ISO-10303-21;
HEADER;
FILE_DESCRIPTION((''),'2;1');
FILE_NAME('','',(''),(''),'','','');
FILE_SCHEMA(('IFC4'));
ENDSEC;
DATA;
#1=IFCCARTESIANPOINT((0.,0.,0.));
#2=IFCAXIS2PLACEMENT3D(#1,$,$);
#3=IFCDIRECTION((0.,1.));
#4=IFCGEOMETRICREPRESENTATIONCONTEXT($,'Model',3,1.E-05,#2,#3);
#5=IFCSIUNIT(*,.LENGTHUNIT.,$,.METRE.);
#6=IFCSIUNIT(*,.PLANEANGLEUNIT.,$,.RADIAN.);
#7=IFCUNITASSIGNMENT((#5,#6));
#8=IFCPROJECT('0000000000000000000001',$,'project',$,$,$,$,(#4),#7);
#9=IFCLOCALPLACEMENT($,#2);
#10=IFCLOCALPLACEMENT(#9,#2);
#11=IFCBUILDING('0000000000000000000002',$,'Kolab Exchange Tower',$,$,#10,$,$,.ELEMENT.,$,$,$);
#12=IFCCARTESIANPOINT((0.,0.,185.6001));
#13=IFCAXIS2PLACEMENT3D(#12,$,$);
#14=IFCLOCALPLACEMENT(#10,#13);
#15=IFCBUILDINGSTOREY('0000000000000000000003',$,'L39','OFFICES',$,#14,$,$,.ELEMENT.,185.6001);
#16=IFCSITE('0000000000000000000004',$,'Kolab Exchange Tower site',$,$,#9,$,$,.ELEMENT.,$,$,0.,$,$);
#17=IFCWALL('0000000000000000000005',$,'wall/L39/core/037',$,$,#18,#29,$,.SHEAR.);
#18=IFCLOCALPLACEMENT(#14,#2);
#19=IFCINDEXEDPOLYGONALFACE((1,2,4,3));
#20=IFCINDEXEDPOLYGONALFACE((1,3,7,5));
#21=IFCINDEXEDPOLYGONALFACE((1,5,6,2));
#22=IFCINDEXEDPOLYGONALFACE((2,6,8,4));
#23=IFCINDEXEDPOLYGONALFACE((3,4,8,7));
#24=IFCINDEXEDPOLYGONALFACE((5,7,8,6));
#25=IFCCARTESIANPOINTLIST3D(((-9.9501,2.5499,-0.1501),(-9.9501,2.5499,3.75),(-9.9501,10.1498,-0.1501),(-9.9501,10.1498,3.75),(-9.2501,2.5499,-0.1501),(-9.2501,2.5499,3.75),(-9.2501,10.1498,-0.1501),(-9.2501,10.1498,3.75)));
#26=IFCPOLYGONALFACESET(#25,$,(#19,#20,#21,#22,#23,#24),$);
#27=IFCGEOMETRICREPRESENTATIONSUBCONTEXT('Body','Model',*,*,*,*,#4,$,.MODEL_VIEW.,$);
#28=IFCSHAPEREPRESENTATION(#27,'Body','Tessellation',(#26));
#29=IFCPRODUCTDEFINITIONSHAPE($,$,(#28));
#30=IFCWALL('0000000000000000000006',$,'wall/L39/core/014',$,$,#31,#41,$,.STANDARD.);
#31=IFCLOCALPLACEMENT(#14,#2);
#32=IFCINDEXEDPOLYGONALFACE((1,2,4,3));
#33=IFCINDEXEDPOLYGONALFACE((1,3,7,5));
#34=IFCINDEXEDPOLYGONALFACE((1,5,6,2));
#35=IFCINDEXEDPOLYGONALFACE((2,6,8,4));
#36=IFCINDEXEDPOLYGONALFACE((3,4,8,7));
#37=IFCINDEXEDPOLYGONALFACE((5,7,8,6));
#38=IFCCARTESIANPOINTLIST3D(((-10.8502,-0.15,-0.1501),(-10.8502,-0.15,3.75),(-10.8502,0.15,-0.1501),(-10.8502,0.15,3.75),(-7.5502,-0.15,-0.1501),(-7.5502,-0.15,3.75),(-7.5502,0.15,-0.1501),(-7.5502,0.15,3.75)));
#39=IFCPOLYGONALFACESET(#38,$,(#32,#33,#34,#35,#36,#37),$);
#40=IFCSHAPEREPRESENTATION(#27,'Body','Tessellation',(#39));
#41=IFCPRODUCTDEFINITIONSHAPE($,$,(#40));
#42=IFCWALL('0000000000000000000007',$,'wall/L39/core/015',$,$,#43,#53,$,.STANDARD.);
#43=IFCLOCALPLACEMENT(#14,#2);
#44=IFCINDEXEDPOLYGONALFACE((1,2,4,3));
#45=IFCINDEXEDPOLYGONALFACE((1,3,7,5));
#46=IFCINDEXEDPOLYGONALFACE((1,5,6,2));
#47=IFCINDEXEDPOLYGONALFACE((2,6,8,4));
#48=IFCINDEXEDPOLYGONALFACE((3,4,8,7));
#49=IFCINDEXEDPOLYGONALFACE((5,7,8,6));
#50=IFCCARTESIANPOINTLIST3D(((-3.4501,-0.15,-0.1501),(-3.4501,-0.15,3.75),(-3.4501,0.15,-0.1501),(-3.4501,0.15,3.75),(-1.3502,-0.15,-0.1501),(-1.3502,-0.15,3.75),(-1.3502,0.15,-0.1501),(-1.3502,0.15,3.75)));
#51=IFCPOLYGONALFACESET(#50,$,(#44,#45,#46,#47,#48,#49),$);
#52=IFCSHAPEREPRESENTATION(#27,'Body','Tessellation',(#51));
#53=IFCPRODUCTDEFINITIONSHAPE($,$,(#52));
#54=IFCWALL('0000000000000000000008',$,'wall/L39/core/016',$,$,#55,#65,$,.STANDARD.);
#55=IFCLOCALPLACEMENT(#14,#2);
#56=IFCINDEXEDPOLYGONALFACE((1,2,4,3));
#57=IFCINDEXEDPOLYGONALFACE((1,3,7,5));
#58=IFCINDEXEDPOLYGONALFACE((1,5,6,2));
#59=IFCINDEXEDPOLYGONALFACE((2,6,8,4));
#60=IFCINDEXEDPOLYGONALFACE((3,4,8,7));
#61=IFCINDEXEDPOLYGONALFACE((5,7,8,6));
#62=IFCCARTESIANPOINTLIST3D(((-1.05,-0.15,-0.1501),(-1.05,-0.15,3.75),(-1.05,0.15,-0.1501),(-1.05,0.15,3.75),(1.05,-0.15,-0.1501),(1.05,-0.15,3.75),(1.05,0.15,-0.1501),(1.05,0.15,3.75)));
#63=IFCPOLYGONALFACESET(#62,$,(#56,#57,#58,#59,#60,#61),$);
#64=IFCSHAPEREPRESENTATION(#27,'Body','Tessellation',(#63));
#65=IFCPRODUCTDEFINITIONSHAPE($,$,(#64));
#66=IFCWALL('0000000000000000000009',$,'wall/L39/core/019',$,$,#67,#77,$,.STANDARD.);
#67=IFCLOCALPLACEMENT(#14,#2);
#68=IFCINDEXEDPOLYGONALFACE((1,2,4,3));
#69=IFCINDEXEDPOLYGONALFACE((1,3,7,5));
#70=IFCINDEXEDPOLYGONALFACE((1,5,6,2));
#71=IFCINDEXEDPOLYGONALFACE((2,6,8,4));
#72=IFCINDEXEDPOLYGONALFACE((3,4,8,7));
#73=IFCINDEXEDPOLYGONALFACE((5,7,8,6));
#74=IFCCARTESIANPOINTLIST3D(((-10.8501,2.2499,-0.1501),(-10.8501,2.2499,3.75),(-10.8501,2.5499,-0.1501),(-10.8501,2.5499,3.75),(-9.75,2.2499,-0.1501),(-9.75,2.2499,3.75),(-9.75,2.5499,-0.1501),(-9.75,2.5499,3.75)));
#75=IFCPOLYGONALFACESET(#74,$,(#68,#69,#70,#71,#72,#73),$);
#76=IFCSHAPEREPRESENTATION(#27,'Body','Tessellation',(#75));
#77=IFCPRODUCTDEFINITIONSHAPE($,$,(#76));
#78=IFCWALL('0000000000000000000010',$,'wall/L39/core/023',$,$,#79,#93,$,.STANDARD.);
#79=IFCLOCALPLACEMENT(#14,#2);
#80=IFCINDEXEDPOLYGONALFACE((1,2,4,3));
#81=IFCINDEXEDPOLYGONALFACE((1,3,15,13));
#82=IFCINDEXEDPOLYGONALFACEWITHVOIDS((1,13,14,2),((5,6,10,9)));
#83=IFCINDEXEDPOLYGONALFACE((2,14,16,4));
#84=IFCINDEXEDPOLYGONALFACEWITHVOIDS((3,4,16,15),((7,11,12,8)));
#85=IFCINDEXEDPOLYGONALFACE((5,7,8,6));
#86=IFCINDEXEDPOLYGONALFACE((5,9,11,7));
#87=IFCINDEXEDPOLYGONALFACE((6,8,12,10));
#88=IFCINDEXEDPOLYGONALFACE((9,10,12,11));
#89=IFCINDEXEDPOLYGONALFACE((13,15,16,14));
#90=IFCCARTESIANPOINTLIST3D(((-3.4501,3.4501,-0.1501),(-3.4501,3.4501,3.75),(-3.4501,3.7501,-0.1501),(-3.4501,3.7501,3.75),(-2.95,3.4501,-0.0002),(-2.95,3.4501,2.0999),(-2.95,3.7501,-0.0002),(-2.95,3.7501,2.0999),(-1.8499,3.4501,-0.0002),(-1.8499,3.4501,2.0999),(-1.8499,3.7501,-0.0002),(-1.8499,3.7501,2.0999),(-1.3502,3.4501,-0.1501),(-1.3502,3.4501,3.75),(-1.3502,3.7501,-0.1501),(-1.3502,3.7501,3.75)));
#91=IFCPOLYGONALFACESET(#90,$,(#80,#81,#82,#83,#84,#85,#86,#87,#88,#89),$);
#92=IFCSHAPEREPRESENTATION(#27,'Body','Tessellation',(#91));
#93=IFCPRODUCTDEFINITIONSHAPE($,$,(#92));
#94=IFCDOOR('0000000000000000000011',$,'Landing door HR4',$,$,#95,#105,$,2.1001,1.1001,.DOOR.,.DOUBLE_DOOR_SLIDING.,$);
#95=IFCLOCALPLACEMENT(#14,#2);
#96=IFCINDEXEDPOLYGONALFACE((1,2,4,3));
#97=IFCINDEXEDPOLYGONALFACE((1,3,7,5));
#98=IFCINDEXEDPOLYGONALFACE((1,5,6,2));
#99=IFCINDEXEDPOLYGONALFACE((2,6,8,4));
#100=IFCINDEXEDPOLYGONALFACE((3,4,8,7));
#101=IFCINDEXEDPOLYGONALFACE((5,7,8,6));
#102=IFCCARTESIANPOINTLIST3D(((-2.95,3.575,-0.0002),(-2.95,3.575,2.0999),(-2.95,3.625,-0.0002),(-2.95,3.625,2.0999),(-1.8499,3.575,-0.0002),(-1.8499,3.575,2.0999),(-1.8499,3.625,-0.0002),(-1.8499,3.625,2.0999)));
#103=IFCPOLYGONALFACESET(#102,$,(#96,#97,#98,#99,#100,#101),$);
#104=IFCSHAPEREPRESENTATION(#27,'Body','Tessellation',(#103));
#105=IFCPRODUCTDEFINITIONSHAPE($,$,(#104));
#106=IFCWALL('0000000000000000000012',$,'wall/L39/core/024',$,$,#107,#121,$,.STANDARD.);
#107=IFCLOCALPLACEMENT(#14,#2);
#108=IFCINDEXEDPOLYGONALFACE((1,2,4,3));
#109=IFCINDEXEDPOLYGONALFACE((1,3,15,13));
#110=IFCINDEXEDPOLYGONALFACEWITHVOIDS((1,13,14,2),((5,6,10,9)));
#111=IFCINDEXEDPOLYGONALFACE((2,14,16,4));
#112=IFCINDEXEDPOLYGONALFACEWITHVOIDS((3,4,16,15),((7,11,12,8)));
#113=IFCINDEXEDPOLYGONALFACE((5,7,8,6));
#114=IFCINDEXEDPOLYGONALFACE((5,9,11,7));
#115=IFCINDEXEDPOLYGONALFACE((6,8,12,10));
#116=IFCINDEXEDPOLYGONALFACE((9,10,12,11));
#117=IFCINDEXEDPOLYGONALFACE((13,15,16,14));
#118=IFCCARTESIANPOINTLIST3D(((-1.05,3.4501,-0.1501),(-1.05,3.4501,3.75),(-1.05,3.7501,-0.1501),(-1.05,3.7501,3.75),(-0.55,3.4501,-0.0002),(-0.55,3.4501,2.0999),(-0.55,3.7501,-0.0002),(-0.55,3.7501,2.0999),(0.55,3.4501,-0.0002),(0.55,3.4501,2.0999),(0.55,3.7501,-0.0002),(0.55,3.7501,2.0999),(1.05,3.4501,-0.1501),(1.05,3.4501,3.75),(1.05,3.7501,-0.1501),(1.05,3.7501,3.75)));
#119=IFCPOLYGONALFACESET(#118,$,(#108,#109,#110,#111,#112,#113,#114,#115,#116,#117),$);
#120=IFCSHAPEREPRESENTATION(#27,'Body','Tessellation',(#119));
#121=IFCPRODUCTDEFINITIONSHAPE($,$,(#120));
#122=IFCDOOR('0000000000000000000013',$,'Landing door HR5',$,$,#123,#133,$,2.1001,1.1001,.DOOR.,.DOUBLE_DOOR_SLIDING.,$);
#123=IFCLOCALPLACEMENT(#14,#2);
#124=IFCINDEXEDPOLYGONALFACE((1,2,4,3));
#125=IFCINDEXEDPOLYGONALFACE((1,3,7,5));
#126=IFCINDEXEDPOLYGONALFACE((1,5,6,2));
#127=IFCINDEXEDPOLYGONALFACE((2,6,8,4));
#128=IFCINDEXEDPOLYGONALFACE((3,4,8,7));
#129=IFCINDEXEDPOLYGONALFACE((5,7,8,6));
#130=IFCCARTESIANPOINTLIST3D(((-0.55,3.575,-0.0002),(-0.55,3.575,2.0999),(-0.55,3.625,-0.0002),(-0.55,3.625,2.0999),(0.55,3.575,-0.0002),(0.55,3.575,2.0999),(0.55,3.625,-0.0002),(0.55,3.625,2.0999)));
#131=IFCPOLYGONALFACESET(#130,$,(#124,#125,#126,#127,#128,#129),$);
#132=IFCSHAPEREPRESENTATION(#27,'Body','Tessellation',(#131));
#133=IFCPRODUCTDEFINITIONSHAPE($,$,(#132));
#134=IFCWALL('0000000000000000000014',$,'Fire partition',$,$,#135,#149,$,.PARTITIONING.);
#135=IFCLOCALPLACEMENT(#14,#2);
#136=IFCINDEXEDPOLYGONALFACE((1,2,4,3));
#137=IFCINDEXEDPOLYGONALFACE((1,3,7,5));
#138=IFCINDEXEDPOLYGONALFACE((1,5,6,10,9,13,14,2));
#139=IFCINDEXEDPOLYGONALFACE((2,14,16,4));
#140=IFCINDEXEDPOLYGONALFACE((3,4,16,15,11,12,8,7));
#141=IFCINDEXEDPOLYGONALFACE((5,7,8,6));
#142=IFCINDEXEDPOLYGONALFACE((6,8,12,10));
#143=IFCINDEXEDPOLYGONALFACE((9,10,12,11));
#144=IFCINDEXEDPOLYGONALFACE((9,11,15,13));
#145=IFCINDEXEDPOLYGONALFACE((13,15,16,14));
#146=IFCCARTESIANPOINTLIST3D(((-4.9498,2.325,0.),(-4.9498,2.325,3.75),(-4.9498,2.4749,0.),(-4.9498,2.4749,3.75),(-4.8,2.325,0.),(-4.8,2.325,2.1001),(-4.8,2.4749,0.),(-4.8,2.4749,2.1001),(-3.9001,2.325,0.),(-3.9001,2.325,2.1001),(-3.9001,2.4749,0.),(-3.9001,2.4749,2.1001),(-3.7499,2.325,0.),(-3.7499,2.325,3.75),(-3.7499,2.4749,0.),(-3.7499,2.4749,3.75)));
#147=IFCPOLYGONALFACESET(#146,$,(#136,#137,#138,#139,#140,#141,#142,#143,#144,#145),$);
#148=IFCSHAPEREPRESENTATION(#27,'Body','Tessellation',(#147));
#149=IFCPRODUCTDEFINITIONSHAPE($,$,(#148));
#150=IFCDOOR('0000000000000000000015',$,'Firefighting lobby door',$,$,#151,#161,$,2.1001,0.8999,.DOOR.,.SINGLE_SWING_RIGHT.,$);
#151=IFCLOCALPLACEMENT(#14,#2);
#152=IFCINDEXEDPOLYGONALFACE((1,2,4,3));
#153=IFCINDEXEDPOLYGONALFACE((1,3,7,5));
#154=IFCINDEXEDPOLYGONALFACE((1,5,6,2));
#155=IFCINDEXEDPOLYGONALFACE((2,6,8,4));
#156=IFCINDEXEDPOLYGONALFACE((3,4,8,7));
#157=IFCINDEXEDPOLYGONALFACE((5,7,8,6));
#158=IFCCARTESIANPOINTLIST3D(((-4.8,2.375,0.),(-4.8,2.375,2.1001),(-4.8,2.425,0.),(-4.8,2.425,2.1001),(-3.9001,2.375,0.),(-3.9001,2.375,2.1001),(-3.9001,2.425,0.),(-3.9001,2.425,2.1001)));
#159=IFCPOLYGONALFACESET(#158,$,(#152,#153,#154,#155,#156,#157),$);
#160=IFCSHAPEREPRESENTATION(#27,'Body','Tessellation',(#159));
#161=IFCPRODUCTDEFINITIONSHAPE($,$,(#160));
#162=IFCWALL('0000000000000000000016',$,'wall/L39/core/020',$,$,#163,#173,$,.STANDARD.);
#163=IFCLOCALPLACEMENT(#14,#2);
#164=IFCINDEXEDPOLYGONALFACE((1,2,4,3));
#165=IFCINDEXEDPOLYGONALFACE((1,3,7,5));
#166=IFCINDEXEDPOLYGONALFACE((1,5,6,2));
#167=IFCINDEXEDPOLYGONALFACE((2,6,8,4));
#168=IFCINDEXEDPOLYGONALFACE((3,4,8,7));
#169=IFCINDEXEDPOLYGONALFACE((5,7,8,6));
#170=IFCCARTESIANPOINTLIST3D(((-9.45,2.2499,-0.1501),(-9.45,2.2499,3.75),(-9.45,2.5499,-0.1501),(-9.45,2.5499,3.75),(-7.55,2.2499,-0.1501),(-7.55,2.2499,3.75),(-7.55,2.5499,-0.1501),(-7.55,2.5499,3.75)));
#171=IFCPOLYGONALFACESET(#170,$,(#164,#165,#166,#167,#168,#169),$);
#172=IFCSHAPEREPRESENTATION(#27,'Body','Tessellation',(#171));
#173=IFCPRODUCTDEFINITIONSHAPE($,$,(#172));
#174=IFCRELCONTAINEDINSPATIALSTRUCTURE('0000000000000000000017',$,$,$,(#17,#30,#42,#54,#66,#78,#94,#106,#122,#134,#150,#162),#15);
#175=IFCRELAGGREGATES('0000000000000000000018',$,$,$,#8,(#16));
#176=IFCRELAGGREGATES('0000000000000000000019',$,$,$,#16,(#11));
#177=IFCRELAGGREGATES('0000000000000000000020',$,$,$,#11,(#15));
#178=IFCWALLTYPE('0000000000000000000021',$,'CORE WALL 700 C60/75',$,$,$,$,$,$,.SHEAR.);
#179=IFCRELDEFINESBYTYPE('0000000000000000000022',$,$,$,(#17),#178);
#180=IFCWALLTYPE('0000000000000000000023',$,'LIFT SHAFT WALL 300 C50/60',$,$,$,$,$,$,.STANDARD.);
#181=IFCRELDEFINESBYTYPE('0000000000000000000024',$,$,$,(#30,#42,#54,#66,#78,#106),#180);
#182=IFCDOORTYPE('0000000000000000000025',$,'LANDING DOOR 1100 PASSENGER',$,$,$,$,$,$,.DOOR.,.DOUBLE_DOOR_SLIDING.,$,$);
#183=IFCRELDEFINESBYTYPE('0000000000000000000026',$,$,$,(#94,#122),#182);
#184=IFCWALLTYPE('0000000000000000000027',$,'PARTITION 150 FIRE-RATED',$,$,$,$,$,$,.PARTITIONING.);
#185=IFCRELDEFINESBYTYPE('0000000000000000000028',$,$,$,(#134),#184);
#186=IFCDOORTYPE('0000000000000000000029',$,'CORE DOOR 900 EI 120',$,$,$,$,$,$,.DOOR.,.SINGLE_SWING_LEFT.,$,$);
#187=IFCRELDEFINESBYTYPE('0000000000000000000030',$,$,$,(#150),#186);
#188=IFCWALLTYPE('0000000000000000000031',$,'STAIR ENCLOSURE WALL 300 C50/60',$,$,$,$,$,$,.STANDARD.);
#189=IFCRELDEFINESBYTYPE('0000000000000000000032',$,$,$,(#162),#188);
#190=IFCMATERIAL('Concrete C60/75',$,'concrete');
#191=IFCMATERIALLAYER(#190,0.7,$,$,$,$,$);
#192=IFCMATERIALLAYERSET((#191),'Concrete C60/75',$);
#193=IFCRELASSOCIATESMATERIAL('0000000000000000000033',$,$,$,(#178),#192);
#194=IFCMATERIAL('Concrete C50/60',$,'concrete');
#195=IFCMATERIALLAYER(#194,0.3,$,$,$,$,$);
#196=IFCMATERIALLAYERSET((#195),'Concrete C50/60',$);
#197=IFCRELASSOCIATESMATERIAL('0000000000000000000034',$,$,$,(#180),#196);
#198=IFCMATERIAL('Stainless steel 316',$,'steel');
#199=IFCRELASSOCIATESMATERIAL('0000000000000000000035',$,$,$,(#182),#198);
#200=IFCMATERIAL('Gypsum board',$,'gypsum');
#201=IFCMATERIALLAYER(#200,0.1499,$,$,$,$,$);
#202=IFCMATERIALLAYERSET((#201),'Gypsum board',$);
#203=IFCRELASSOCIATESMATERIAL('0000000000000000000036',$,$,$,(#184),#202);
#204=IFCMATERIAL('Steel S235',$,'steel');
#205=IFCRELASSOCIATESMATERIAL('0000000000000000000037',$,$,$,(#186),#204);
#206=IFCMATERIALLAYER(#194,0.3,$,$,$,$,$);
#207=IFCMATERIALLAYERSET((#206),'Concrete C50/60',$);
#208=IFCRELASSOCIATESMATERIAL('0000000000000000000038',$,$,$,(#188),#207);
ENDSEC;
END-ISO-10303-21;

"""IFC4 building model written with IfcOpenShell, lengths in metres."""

from ifc_helpers import new_model, si_unit, direction, frame, frame_2d, origin, place, context, subcontext, project, spatial, rectangle, extrude, material, layer, layer_set, type_object, element, fill, save


model = new_model("IFC4")

# Units and contexts
model_context = context("Model", 3, precision=1e-05, world=origin(), true_north=direction((0.0, 1.0)))
body_context = subcontext(model_context, "Body", "Model", "MODEL_VIEW")
ifc_project = project(units=[si_unit("LENGTHUNIT", "METRE"), si_unit("PLANEANGLEUNIT", "RADIAN")], contexts=[model_context])

# Site, building, storey
site_placement = place(None, origin())
site = spatial("IfcSite", under=ifc_project, at=site_placement, Name="Kolab Exchange Tower site", CompositionType="ELEMENT", RefElevation=0.0)
building_placement = place(site_placement, origin())
building = spatial("IfcBuilding", under=site, at=building_placement, Name="Kolab Exchange Tower", CompositionType="ELEMENT")
storey_placement = place(building_placement, frame((0.0, 0.0, 185.6001)))
storey = spatial("IfcBuildingStorey", under=building, at=storey_placement, Name="L39", Description="OFFICES", CompositionType="ELEMENT", Elevation=185.6001)

# Walls
ifc_material_1 = material(Name="Concrete C60/75", Category="concrete")
ifc_layer_1 = layer(ifc_material_1, 0.7)
ifc_layer_set_1 = layer_set([ifc_layer_1], Name="Concrete C60/75")
wall_type_1 = type_object("IfcWallType", Name="CORE WALL 700 C60/75", PredefinedType="SHEAR", material=ifc_layer_set_1)
wall_1_placement = place(storey_placement, frame((-9.6001, 2.55, -0.1501), z_axis=(0.0, 0.0, 1.0), x_axis=(0.0, 1.0, 0.0)))
element("IfcWall", 1, at=wall_1_placement, inside=storey, type_object=wall_type_1, Name="wall/L39/core/037", PredefinedType="SHEAR", context=body_context, shape_type="SweptSolid", body=[
    extrude(rectangle(XDim=7.5999, YDim=0.7, at=frame_2d((3.7998, 0.0))), origin(), (0.0, 0.0, 1.0), 3.9001),
])
ifc_material_2 = material(Name="Concrete C50/60", Category="concrete")
ifc_layer_2 = layer(ifc_material_2, 0.3)
ifc_layer_set_2 = layer_set([ifc_layer_2], Name="Concrete C50/60")
wall_type_2 = type_object("IfcWallType", Name="LIFT SHAFT WALL 300 C50/60", PredefinedType="STANDARD", material=ifc_layer_set_2)
wall_2_placement = place(storey_placement, frame((-10.8501, 0.0, -0.1501), z_axis=(0.0, 0.0, 1.0), x_axis=(1.0, 0.0, 0.0)))
element("IfcWall", 2, at=wall_2_placement, inside=storey, type_object=wall_type_2, Name="wall/L39/core/014", PredefinedType="STANDARD", context=body_context, shape_type="SweptSolid", body=[
    extrude(rectangle(XDim=3.3, YDim=0.3, at=frame_2d((1.6499, 0.0))), origin(), (0.0, 0.0, 1.0), 3.9001),
])
wall_3_placement = place(storey_placement, frame((-3.45, 0.0, -0.1501), z_axis=(0.0, 0.0, 1.0), x_axis=(1.0, 0.0, 0.0)))
element("IfcWall", 3, at=wall_3_placement, inside=storey, type_object=wall_type_2, Name="wall/L39/core/015", PredefinedType="STANDARD", context=body_context, shape_type="SweptSolid", body=[
    extrude(rectangle(XDim=2.0999, YDim=0.3, at=frame_2d((1.0498, 0.0))), origin(), (0.0, 0.0, 1.0), 3.9001),
])
wall_4_placement = place(storey_placement, frame((-1.05, 0.0, -0.1501), z_axis=(0.0, 0.0, 1.0), x_axis=(1.0, 0.0, 0.0)))
element("IfcWall", 4, at=wall_4_placement, inside=storey, type_object=wall_type_2, Name="wall/L39/core/016", PredefinedType="STANDARD", context=body_context, shape_type="SweptSolid", body=[
    extrude(rectangle(XDim=2.1001, YDim=0.3, at=frame_2d((1.05, 0.0))), origin(), (0.0, 0.0, 1.0), 3.9001),
])
wall_5_placement = place(storey_placement, frame((-10.8501, 2.3999, -0.1501), z_axis=(0.0, 0.0, 1.0), x_axis=(1.0, 0.0, 0.0)))
element("IfcWall", 5, at=wall_5_placement, inside=storey, type_object=wall_type_2, Name="wall/L39/core/019", PredefinedType="STANDARD", context=body_context, shape_type="SweptSolid", body=[
    extrude(rectangle(XDim=1.1001, YDim=0.3, at=frame_2d((0.55, 0.0))), origin(), (0.0, 0.0, 1.0), 3.9001),
])

# Walls, openings, doors
wall_6_placement = place(storey_placement, frame((-3.45, 3.6001, -0.1501), z_axis=(0.0, 0.0, 1.0), x_axis=(1.0, 0.0, 0.0)))
wall_6 = element("IfcWall", 6, at=wall_6_placement, inside=storey, type_object=wall_type_2, Name="wall/L39/core/023", PredefinedType="STANDARD", context=body_context, shape_type="SweptSolid", body=[
    extrude(rectangle(XDim=2.0999, YDim=0.3, at=frame_2d((1.0498, 0.0))), origin(), (0.0, 0.0, 1.0), 3.9001),
])
opening_1_placement = place(wall_6_placement, frame((0.5, 0.0, 0.1499)))
opening_1 = element("IfcOpeningElement", 7, at=opening_1_placement, cuts=wall_6, PredefinedType="OPENING", context=body_context, shape_type="SweptSolid", body=[
    extrude(rectangle(XDim=1.1001, YDim=2.1001, at=frame_2d((0.55, 1.05))), frame((0.0, 0.1602, 0.0), z_axis=(0.0, -1.0, 0.0), x_axis=(1.0, 0.0, 0.0)), (0.0, 0.0, 1.0), 0.3201),
])
ifc_material_3 = material(Name="Stainless steel 316", Category="steel")
door_type_1 = type_object("IfcDoorType", Name="LANDING DOOR 1100 PASSENGER", OperationType="DOUBLE_DOOR_SLIDING", PredefinedType="DOOR", material=ifc_material_3)
door_1_placement = place(opening_1_placement, origin())
door_1 = element("IfcDoor", 8, at=door_1_placement, inside=storey, type_object=door_type_1, Name="Landing door HR4", OperationType="DOUBLE_DOOR_SLIDING", OverallHeight=2.1001, OverallWidth=1.1001, PredefinedType="DOOR", context=body_context, shape_type="SweptSolid", body=[
    extrude(rectangle(XDim=1.1001, YDim=2.1001, at=frame_2d((0.55, 1.05))), frame((0.0, 0.0249, 0.0), z_axis=(0.0, -1.0, 0.0), x_axis=(1.0, 0.0, 0.0)), (0.0, 0.0, 1.0), 0.05),
])
fill(opening_1, door_1)
wall_7_placement = place(storey_placement, frame((-1.05, 3.6001, -0.1501), z_axis=(0.0, 0.0, 1.0), x_axis=(1.0, 0.0, 0.0)))
wall_7 = element("IfcWall", 9, at=wall_7_placement, inside=storey, type_object=wall_type_2, Name="wall/L39/core/024", PredefinedType="STANDARD", context=body_context, shape_type="SweptSolid", body=[
    extrude(rectangle(XDim=2.1001, YDim=0.3, at=frame_2d((1.05, 0.0))), origin(), (0.0, 0.0, 1.0), 3.9001),
])
opening_2_placement = place(wall_7_placement, frame((0.5, 0.0, 0.1499)))
opening_2 = element("IfcOpeningElement", 10, at=opening_2_placement, cuts=wall_7, PredefinedType="OPENING", context=body_context, shape_type="SweptSolid", body=[
    extrude(rectangle(XDim=1.1001, YDim=2.1001, at=frame_2d((0.55, 1.05))), frame((0.0, 0.1602, 0.0), z_axis=(0.0, -1.0, 0.0), x_axis=(1.0, 0.0, 0.0)), (0.0, 0.0, 1.0), 0.3201),
])
door_2_placement = place(opening_2_placement, origin())
door_2 = element("IfcDoor", 11, at=door_2_placement, inside=storey, type_object=door_type_1, Name="Landing door HR5", OperationType="DOUBLE_DOOR_SLIDING", OverallHeight=2.1001, OverallWidth=1.1001, PredefinedType="DOOR", context=body_context, shape_type="SweptSolid", body=[
    extrude(rectangle(XDim=1.1001, YDim=2.1001, at=frame_2d((0.55, 1.05))), frame((0.0, 0.0249, 0.0), z_axis=(0.0, -1.0, 0.0), x_axis=(1.0, 0.0, 0.0)), (0.0, 0.0, 1.0), 0.05),
])
fill(opening_2, door_2)
ifc_material_4 = material(Name="Gypsum board", Category="gypsum")
ifc_layer_3 = layer(ifc_material_4, 0.1499)
ifc_layer_set_3 = layer_set([ifc_layer_3], Name="Gypsum board")
wall_type_3 = type_object("IfcWallType", Name="PARTITION 150 FIRE-RATED", PredefinedType="PARTITIONING", material=ifc_layer_set_3)
wall_8_placement = place(storey_placement, frame((-4.95, 2.3999, 0.0), z_axis=(0.0, 0.0, 1.0), x_axis=(1.0, 0.0, 0.0)))
wall_8 = element("IfcWall", 12, at=wall_8_placement, inside=storey, type_object=wall_type_3, Name="Fire partition", PredefinedType="PARTITIONING", context=body_context, shape_type="SweptSolid", body=[
    extrude(rectangle(XDim=1.2, YDim=0.1499, at=frame_2d((0.6001, 0.0))), origin(), (0.0, 0.0, 1.0), 3.75),
])
opening_3_placement = place(wall_8_placement, frame((0.1499, 0.0, 0.0)))
opening_3 = element("IfcOpeningElement", 13, at=opening_3_placement, cuts=wall_8, PredefinedType="OPENING", context=body_context, shape_type="SweptSolid", body=[
    extrude(rectangle(XDim=0.8999, YDim=2.1001, at=frame_2d((0.45, 1.05))), frame((0.0, 0.085, 0.0), z_axis=(0.0, -1.0, 0.0), x_axis=(1.0, 0.0, 0.0)), (0.0, 0.0, 1.0), 0.1699),
])
ifc_material_5 = material(Name="Steel S235", Category="steel")
door_type_2 = type_object("IfcDoorType", Name="CORE DOOR 900 EI 120", OperationType="SINGLE_SWING_LEFT", PredefinedType="DOOR", material=ifc_material_5)
door_3_placement = place(opening_3_placement, frame((0.8999, 0.0, 0.0), z_axis=(0.0, 0.0, 1.0), x_axis=(-1.0, 0.0, 0.0)))
door_3 = element("IfcDoor", 14, at=door_3_placement, inside=storey, type_object=door_type_2, Name="Firefighting lobby door", OperationType="SINGLE_SWING_RIGHT", OverallHeight=2.1001, OverallWidth=0.8999, PredefinedType="DOOR", context=body_context, shape_type="SweptSolid", body=[
    extrude(rectangle(XDim=0.8999, YDim=2.1001, at=frame_2d((0.45, 1.05))), frame((0.0, 0.0249, 0.0), z_axis=(0.0, -1.0, 0.0), x_axis=(1.0, 0.0, 0.0)), (0.0, 0.0, 1.0), 0.05),
])
fill(opening_3, door_3)

# Wall
ifc_layer_4 = layer(ifc_material_2, 0.3)
ifc_layer_set_4 = layer_set([ifc_layer_4], Name="Concrete C50/60")
wall_type_4 = type_object("IfcWallType", Name="STAIR ENCLOSURE WALL 300 C50/60", PredefinedType="STANDARD", material=ifc_layer_set_4)
wall_9_placement = place(storey_placement, frame((-9.45, 2.3999, -0.1501), z_axis=(0.0, 0.0, 1.0), x_axis=(1.0, 0.0, 0.0)))
element("IfcWall", 15, at=wall_9_placement, inside=storey, type_object=wall_type_4, Name="wall/L39/core/020", PredefinedType="STANDARD", context=body_context, shape_type="SweptSolid", body=[
    extrude(rectangle(XDim=1.8999, YDim=0.3, at=frame_2d((0.95, 0.0))), origin(), (0.0, 0.0, 1.0), 3.9001),
])

save(model, "model.ifc")
